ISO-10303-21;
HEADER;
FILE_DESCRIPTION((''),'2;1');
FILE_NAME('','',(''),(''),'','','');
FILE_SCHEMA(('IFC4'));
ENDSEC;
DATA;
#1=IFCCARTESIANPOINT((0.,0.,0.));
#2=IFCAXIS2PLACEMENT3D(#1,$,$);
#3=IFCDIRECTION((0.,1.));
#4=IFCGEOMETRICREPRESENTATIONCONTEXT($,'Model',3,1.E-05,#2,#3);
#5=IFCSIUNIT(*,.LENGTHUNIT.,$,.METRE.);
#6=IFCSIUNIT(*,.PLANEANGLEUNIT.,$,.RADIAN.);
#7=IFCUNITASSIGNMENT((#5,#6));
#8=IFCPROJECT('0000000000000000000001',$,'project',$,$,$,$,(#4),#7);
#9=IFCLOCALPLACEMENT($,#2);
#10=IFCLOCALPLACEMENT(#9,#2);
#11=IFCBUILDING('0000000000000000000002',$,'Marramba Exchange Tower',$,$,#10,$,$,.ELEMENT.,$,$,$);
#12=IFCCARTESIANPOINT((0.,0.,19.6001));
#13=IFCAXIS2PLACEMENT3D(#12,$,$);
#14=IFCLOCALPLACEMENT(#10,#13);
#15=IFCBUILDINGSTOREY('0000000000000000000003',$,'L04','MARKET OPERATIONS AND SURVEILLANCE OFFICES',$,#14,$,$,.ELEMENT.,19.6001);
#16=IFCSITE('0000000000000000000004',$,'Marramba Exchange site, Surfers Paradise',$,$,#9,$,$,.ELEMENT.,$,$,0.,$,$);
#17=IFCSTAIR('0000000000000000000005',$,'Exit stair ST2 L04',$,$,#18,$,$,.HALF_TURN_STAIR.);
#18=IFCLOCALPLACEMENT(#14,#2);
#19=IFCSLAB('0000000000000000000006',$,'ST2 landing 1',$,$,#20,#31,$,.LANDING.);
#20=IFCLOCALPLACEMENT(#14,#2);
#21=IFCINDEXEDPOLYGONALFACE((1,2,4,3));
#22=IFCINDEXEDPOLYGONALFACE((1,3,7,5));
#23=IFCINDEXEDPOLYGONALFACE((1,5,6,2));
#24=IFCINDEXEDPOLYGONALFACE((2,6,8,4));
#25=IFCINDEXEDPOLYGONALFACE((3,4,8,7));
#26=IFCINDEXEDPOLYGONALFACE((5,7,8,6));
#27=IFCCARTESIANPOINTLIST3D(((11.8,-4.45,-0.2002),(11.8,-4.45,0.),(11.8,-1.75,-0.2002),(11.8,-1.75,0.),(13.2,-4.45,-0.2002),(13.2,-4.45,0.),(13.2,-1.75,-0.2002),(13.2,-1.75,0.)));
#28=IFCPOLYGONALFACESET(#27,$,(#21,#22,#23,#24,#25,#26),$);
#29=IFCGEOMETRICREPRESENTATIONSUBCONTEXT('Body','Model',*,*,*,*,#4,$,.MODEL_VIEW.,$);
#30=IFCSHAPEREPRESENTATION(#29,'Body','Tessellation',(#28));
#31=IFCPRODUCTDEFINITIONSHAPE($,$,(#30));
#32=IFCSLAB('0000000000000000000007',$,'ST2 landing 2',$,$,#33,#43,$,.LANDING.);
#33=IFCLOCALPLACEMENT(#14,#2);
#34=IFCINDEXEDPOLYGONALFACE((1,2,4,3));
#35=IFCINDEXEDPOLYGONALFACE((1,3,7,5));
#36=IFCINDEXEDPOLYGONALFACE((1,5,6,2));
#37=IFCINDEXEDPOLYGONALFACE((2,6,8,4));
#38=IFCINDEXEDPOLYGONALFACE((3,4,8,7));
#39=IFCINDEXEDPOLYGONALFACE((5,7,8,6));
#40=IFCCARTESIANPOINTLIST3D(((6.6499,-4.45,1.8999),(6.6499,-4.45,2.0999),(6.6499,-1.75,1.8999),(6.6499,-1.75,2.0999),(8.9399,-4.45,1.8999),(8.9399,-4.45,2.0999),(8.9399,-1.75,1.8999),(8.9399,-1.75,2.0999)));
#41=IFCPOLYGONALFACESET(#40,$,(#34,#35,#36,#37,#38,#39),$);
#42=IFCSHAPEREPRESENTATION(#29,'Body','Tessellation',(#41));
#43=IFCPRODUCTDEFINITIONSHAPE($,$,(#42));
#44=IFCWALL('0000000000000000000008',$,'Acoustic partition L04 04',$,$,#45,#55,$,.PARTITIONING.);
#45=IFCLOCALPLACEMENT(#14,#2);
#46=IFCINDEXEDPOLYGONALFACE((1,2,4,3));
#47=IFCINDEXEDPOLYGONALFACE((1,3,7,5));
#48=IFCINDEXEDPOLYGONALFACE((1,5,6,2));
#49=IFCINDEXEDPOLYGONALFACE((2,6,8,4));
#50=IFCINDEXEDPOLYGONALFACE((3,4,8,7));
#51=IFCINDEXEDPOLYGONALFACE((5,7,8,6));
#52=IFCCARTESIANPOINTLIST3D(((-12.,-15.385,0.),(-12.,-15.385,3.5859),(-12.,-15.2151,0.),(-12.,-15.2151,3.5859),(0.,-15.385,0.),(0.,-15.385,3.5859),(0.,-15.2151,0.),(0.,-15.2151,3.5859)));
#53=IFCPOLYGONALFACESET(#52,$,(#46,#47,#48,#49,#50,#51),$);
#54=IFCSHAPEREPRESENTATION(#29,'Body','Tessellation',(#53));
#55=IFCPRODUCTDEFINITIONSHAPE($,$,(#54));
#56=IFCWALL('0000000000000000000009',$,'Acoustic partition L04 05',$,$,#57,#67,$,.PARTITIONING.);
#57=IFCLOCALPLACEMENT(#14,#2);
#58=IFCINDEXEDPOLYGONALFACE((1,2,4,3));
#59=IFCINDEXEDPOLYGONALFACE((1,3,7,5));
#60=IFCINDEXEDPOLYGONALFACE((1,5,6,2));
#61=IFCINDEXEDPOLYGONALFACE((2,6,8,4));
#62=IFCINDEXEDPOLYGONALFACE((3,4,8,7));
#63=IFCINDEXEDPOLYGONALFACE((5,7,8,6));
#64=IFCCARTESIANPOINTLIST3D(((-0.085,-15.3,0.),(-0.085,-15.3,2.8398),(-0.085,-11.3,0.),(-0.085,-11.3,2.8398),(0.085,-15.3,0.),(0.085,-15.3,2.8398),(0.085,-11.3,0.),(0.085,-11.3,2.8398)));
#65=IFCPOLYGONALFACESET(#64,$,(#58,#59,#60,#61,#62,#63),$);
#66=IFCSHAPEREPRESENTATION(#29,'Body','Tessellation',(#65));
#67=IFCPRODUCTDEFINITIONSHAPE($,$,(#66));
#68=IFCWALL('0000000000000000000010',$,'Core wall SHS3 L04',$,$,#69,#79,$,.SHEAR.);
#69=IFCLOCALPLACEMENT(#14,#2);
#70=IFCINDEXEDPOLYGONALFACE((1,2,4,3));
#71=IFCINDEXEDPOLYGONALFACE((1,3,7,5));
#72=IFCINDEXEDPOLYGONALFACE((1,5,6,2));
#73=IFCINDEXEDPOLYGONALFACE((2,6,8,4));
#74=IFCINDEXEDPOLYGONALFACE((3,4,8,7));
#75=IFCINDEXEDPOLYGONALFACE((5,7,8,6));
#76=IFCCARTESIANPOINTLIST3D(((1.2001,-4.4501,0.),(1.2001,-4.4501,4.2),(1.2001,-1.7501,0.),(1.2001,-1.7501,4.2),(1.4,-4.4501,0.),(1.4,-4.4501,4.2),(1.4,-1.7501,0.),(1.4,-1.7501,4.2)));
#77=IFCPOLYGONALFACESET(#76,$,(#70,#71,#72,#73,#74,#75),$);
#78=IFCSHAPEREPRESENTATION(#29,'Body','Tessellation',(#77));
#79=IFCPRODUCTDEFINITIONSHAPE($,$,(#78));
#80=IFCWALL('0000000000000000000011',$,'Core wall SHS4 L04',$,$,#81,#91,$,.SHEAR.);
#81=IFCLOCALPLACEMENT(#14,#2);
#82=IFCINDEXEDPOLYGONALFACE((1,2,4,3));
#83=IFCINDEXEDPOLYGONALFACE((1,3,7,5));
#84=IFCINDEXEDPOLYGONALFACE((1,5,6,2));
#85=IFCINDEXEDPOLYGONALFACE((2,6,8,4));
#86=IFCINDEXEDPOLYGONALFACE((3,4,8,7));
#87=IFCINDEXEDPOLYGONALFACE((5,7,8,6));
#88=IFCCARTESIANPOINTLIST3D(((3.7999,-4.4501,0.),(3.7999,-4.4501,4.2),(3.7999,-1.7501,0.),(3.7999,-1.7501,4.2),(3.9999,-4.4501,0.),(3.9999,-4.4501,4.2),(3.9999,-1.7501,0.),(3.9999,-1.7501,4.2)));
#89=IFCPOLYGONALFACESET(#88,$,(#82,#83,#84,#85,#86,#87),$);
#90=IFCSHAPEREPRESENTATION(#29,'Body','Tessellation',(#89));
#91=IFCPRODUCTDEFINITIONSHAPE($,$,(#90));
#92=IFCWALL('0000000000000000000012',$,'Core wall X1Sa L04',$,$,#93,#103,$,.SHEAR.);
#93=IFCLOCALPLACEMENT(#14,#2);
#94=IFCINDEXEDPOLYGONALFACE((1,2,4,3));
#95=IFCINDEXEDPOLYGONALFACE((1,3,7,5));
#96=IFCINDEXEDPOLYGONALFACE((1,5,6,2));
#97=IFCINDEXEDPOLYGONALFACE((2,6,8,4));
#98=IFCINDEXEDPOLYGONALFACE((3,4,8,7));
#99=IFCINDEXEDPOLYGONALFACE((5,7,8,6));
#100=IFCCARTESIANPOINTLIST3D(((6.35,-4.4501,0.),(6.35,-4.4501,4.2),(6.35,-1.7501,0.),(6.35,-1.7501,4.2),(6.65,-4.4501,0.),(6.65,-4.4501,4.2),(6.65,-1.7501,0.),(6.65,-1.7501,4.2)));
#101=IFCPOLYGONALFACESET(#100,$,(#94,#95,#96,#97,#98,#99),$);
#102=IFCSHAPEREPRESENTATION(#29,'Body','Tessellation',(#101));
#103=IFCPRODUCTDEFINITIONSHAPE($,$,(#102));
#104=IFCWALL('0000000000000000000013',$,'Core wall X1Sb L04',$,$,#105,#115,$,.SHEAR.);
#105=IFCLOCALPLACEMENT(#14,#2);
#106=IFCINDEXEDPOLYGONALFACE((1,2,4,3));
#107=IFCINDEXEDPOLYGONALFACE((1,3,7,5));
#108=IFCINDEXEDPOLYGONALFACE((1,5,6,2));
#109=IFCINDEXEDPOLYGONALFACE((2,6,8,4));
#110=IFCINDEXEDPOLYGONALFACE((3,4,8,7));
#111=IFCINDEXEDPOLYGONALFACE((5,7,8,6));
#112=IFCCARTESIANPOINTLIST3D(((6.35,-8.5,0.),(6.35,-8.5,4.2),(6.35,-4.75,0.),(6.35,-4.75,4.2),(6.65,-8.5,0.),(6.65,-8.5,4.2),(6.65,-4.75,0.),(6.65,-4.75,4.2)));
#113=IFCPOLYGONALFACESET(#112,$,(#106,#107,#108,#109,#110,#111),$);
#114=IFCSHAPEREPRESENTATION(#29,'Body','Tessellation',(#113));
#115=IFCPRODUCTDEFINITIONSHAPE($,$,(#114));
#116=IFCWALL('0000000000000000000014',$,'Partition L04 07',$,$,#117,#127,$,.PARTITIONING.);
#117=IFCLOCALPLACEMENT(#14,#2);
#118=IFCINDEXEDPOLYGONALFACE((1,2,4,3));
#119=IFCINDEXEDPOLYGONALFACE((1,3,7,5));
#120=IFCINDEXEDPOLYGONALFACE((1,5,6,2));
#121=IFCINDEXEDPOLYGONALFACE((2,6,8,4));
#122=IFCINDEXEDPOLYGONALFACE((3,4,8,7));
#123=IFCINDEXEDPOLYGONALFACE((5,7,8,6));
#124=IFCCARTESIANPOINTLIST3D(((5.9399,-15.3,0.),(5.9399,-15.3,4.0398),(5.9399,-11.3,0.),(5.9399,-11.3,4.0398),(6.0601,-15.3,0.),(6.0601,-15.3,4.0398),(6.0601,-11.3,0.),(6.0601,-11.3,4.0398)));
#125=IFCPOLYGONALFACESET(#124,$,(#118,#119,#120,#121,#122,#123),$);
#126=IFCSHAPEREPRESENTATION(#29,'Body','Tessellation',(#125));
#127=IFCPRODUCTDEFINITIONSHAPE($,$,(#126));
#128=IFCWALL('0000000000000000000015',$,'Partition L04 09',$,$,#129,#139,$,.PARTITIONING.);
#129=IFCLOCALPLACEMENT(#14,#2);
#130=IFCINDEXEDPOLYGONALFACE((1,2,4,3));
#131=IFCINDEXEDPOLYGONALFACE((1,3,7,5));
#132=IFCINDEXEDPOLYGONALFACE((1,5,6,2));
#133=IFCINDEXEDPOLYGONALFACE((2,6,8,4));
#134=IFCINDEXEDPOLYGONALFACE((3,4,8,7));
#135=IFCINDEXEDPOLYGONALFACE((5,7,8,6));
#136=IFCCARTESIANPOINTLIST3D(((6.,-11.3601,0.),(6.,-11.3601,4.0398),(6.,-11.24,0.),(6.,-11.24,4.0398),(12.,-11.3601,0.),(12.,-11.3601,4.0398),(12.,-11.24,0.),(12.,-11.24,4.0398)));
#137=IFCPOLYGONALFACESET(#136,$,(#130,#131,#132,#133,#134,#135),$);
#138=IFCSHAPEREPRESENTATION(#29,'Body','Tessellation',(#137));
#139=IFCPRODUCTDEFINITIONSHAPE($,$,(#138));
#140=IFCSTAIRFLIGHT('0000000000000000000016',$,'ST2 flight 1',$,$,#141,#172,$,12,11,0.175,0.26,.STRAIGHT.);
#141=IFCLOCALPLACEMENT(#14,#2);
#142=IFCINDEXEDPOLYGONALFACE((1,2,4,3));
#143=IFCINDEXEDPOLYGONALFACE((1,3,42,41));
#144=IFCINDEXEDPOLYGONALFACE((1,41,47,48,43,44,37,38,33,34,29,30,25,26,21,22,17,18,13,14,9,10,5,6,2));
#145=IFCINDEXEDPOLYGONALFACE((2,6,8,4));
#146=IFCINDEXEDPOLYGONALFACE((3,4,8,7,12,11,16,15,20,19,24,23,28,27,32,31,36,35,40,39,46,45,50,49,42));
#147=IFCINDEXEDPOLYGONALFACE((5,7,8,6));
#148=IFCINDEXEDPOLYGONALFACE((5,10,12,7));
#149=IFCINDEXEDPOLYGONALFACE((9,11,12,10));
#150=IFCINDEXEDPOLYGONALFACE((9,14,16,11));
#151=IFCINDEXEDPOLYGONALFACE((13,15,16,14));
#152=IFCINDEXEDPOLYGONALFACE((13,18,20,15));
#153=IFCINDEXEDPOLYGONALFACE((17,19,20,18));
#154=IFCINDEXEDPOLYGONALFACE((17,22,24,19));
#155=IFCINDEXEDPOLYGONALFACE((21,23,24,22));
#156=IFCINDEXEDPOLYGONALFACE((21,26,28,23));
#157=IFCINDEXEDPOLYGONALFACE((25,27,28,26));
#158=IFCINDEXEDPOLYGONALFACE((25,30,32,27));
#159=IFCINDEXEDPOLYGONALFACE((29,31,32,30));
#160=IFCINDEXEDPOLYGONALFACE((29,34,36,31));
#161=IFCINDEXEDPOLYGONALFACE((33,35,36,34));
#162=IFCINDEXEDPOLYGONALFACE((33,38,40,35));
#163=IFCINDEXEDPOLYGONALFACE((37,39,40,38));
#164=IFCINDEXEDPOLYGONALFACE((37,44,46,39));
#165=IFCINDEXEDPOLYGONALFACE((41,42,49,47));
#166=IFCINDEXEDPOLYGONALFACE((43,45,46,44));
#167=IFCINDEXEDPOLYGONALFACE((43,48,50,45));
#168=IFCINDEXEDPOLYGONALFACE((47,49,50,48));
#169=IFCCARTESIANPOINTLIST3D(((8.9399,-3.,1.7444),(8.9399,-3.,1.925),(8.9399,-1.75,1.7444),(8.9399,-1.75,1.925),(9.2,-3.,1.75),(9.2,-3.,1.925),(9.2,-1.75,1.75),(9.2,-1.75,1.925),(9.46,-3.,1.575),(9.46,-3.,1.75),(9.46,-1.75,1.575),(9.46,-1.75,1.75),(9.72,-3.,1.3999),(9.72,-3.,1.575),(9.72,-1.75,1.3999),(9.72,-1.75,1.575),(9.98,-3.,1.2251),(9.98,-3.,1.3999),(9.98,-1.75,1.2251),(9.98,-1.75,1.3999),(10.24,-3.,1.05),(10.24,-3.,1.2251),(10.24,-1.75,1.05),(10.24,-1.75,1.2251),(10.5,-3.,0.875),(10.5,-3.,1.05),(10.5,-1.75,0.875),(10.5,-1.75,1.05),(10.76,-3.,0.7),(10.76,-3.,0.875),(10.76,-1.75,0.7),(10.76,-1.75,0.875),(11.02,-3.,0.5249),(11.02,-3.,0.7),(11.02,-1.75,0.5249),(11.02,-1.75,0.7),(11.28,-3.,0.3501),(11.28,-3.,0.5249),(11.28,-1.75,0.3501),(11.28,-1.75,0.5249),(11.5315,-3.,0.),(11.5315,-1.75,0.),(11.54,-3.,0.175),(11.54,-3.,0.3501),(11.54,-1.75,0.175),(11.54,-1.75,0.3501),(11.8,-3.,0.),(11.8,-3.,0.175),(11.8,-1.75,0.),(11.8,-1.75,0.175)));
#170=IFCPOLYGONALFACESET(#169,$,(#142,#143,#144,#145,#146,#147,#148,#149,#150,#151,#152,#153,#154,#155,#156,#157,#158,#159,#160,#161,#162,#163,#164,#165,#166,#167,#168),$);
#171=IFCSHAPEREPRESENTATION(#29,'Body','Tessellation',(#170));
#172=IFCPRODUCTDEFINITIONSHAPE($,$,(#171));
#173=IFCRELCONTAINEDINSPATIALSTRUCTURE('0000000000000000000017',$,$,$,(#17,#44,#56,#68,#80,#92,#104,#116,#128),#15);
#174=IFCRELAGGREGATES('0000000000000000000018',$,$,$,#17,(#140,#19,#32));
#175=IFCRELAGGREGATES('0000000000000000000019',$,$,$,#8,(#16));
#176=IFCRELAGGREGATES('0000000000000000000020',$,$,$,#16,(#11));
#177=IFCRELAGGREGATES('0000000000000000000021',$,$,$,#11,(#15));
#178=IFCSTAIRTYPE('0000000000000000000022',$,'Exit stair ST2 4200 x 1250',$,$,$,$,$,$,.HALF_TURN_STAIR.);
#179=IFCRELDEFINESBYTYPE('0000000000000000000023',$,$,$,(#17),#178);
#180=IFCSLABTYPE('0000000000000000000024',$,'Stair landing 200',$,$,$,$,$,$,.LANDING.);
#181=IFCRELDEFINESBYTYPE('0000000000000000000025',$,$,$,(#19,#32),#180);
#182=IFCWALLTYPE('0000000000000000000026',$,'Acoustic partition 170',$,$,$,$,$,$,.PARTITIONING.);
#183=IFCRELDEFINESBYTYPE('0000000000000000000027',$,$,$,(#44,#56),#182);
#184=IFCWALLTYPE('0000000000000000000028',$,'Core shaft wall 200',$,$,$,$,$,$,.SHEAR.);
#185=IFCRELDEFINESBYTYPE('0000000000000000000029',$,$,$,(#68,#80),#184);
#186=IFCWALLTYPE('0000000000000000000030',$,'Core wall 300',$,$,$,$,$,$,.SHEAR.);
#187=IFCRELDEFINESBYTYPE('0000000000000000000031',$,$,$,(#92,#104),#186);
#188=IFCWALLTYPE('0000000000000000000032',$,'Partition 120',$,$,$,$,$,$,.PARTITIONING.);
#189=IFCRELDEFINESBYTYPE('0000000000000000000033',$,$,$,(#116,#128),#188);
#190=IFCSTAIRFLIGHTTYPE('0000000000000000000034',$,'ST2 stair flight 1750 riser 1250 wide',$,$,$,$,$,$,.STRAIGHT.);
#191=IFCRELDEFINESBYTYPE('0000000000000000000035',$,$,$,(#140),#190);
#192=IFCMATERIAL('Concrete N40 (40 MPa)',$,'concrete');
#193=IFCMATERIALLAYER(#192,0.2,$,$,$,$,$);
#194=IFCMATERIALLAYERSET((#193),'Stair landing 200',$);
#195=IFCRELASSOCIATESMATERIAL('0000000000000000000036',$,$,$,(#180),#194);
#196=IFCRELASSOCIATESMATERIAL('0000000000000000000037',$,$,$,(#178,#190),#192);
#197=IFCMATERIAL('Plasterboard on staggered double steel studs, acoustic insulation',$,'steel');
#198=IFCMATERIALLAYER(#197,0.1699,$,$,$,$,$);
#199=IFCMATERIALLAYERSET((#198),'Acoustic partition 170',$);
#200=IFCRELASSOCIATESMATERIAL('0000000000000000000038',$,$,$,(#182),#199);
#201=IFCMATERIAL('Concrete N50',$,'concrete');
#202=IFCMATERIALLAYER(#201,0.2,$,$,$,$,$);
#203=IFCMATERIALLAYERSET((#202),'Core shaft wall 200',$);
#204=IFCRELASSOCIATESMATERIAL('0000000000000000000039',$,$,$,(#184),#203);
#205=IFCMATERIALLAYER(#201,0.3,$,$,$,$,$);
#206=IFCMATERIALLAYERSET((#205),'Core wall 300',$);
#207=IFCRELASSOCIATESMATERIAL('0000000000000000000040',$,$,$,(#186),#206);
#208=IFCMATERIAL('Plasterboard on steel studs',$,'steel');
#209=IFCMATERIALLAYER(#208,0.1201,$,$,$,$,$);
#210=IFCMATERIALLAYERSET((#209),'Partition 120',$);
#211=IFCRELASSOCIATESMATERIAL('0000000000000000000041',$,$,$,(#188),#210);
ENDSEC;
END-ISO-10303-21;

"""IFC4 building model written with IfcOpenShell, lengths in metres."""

from ifc_helpers import new_model, si_unit, direction, frame, frame_2d, origin, place, context, subcontext, project, spatial, polyline, rectangle, outline, extrude, material, layer, layer_set, type_object, element, aggregate, save


model = new_model("IFC4")

# Units and contexts
model_context = context("Model", 3, precision=1e-05, world=origin(), true_north=direction((0.0, 1.0)))
body_context = subcontext(model_context, "Body", "Model", "MODEL_VIEW")
ifc_project = project(units=[si_unit("LENGTHUNIT", "METRE"), si_unit("PLANEANGLEUNIT", "RADIAN")], contexts=[model_context])

# Site, building, storey
site_placement = place(None, origin())
site = spatial("IfcSite", under=ifc_project, at=site_placement, Name="Marramba Exchange site, Surfers Paradise", CompositionType="ELEMENT", RefElevation=0.0)
building_placement = place(site_placement, origin())
building = spatial("IfcBuilding", under=site, at=building_placement, Name="Marramba Exchange Tower", CompositionType="ELEMENT")
storey_placement = place(building_placement, frame((0.0, 0.0, 19.6001)))
storey = spatial("IfcBuildingStorey", under=building, at=storey_placement, Name="L04", Description="MARKET OPERATIONS AND SURVEILLANCE OFFICES", CompositionType="ELEMENT", Elevation=19.6001)

# Stair, slabs
ifc_material_1 = material(Name="Concrete N40 (40 MPa)", Category="concrete")
ifc_layer_1 = layer(ifc_material_1, 0.2)
ifc_layer_set_1 = layer_set([ifc_layer_1], Name="Stair landing 200")
slab_type_1 = type_object("IfcSlabType", Name="Stair landing 200", PredefinedType="LANDING", material=ifc_layer_set_1)
stair_type_1 = type_object("IfcStairType", Name="Exit stair ST2 4200 x 1250", PredefinedType="HALF_TURN_STAIR", material=ifc_material_1)
stair_1_placement = place(storey_placement, origin())
stair_1 = element("IfcStair", 1, at=stair_1_placement, inside=storey, type_object=stair_type_1, Name="Exit stair ST2 L04", PredefinedType="HALF_TURN_STAIR")
slab_1_placement = place(storey_placement, frame((0.0, 0.0, -0.2002)))
slab_1 = element("IfcSlab", 2, at=slab_1_placement, type_object=slab_type_1, Name="ST2 landing 1", PredefinedType="LANDING", context=body_context, shape_type="SweptSolid", body=[
    extrude(outline(polyline([(11.8, -4.45), (13.2, -4.45), (13.2, -1.75), (11.8, -1.75), (11.8, -4.45)])), origin(), (0.0, 0.0, 1.0), 0.2002),
])
slab_2_placement = place(storey_placement, frame((0.0, 0.0, 1.8999)))
slab_2 = element("IfcSlab", 3, at=slab_2_placement, type_object=slab_type_1, Name="ST2 landing 2", PredefinedType="LANDING", context=body_context, shape_type="SweptSolid", body=[
    extrude(outline(polyline([(6.6499, -4.45), (8.9399, -4.45), (8.9399, -1.75), (6.6499, -1.75), (6.6499, -4.45)])), origin(), (0.0, 0.0, 1.0), 0.2),
])

# Walls
ifc_material_2 = material(Name="Plasterboard on staggered double steel studs, acoustic insulation", Category="steel")
ifc_layer_2 = layer(ifc_material_2, 0.1699)
ifc_layer_set_2 = layer_set([ifc_layer_2], Name="Acoustic partition 170")
wall_type_1 = type_object("IfcWallType", Name="Acoustic partition 170", PredefinedType="PARTITIONING", material=ifc_layer_set_2)
wall_1_placement = place(storey_placement, frame((0.0, -15.3, 0.0), z_axis=(0.0, 0.0, 1.0), x_axis=(-1.0, 0.0, 0.0)))
element("IfcWall", 4, at=wall_1_placement, inside=storey, type_object=wall_type_1, Name="Acoustic partition L04 04", PredefinedType="PARTITIONING", context=body_context, shape_type="SweptSolid", body=[
    extrude(rectangle(XDim=12.0, YDim=0.1699, at=frame_2d((6.0, 0.0))), origin(), (0.0, 0.0, 1.0), 3.5859),
])
wall_2_placement = place(storey_placement, frame((0.0, -11.3, 0.0), z_axis=(0.0, 0.0, 1.0), x_axis=(0.0, -1.0, 0.0)))
element("IfcWall", 5, at=wall_2_placement, inside=storey, type_object=wall_type_1, Name="Acoustic partition L04 05", PredefinedType="PARTITIONING", context=body_context, shape_type="SweptSolid", body=[
    extrude(rectangle(XDim=4.0, YDim=0.1699, at=frame_2d((2.0, 0.0))), origin(), (0.0, 0.0, 1.0), 2.8398),
])
ifc_material_3 = material(Name="Concrete N50", Category="concrete")
ifc_layer_3 = layer(ifc_material_3, 0.2)
ifc_layer_set_3 = layer_set([ifc_layer_3], Name="Core shaft wall 200")
wall_type_2 = type_object("IfcWallType", Name="Core shaft wall 200", PredefinedType="SHEAR", material=ifc_layer_set_3)
for number, where, z_axis, x_axis, name in (
    (6, (1.3, -1.75, 0.0), (0.0, 0.0, 1.0), (0.0, -1.0, 0.0), "Core wall SHS3 L04"),
    (7, (3.8999, -1.75, 0.0), (0.0, 0.0, 1.0), (0.0, -1.0, 0.0), "Core wall SHS4 L04"),
):
    element("IfcWall", number, at=place(storey_placement, frame(where, z_axis=z_axis, x_axis=x_axis)), inside=storey, type_object=wall_type_2, Name=name, PredefinedType="SHEAR", context=body_context, shape_type="SweptSolid", body=[
        extrude(rectangle(XDim=2.7, YDim=0.2, at=frame_2d((1.3501, 0.0))), origin(), (0.0, 0.0, 1.0), 4.2),
    ])
ifc_layer_4 = layer(ifc_material_3, 0.3)
ifc_layer_set_4 = layer_set([ifc_layer_4], Name="Core wall 300")
wall_type_3 = type_object("IfcWallType", Name="Core wall 300", PredefinedType="SHEAR", material=ifc_layer_set_4)
wall_3_placement = place(storey_placement, frame((6.5, -1.75, 0.0), z_axis=(0.0, 0.0, 1.0), x_axis=(0.0, -1.0, 0.0)))
element("IfcWall", 8, at=wall_3_placement, inside=storey, type_object=wall_type_3, Name="Core wall X1Sa L04", PredefinedType="SHEAR", context=body_context, shape_type="SweptSolid", body=[
    extrude(rectangle(XDim=2.7, YDim=0.3, at=frame_2d((1.3501, 0.0))), origin(), (0.0, 0.0, 1.0), 4.2),
])
wall_4_placement = place(storey_placement, frame((6.5, -4.75, 0.0), z_axis=(0.0, 0.0, 1.0), x_axis=(0.0, -1.0, 0.0)))
element("IfcWall", 9, at=wall_4_placement, inside=storey, type_object=wall_type_3, Name="Core wall X1Sb L04", PredefinedType="SHEAR", context=body_context, shape_type="SweptSolid", body=[
    extrude(rectangle(XDim=3.75, YDim=0.3, at=frame_2d((1.875, 0.0))), origin(), (0.0, 0.0, 1.0), 4.2),
])
ifc_material_4 = material(Name="Plasterboard on steel studs", Category="steel")
ifc_layer_5 = layer(ifc_material_4, 0.1201)
ifc_layer_set_5 = layer_set([ifc_layer_5], Name="Partition 120")
wall_type_4 = type_object("IfcWallType", Name="Partition 120", PredefinedType="PARTITIONING", material=ifc_layer_set_5)
wall_5_placement = place(storey_placement, frame((6.0, -15.3, 0.0), z_axis=(0.0, 0.0, 1.0), x_axis=(0.0, 1.0, 0.0)))
element("IfcWall", 10, at=wall_5_placement, inside=storey, type_object=wall_type_4, Name="Partition L04 07", PredefinedType="PARTITIONING", context=body_context, shape_type="SweptSolid", body=[
    extrude(rectangle(XDim=4.0, YDim=0.1201, at=frame_2d((2.0, 0.0))), origin(), (0.0, 0.0, 1.0), 4.0398),
])
wall_6_placement = place(storey_placement, frame((6.0, -11.3, 0.0), z_axis=(0.0, 0.0, 1.0), x_axis=(1.0, 0.0, 0.0)))
element("IfcWall", 11, at=wall_6_placement, inside=storey, type_object=wall_type_4, Name="Partition L04 09", PredefinedType="PARTITIONING", context=body_context, shape_type="SweptSolid", body=[
    extrude(rectangle(XDim=6.0, YDim=0.1201, at=frame_2d((3.0, 0.0))), origin(), (0.0, 0.0, 1.0), 4.0398),
])

# Stair flight
stair_flight_type = type_object("IfcStairFlightType", Name="ST2 stair flight 1750 riser 1250 wide", PredefinedType="STRAIGHT", material=ifc_material_1)
stair_flight_1_placement = place(storey_placement, frame((11.8, -2.375, 0.0), z_axis=(0.0, 0.0, 1.0), x_axis=(-1.0, 0.0, 0.0)))
stair_flight_1 = element("IfcStairFlight", 12, at=stair_flight_1_placement, type_object=stair_flight_type, Name="ST2 flight 1", NumberOfRisers=12, NumberOfTreads=11, PredefinedType="STRAIGHT", RiserHeight=0.175, TreadLength=0.26, context=body_context, shape_type="SweptSolid", body=[
    extrude(outline(polyline([(0.0, 0.0), (0.0, 0.175), (0.26, 0.175), (0.26, 0.3501), (0.52, 0.3501), (0.52, 0.5249), (0.78, 0.5249), (0.78, 0.7), (1.04, 0.7), (1.04, 0.875), (1.3, 0.875), (1.3, 1.05), (1.5601, 1.05), (1.5601, 1.2251), (1.8201, 1.2251), (1.8201, 1.3999), (2.0801, 1.3999), (2.0801, 1.575), (2.3401, 1.575), (2.3401, 1.75), (2.6001, 1.75), (2.6001, 1.925), (2.8601, 1.925), (2.8601, 2.1001), (2.8601, 1.7444), (0.2686, 0.0), (0.0, 0.0)])), frame((0.0, 0.625, 0.0), z_axis=(0.0, -1.0, 0.0), x_axis=(1.0, 0.0, 0.0)), (0.0, 0.0, 1.0), 1.25),
])
aggregate(stair_1, [stair_flight_1, slab_1, slab_2])

save(model, "model.ifc")
